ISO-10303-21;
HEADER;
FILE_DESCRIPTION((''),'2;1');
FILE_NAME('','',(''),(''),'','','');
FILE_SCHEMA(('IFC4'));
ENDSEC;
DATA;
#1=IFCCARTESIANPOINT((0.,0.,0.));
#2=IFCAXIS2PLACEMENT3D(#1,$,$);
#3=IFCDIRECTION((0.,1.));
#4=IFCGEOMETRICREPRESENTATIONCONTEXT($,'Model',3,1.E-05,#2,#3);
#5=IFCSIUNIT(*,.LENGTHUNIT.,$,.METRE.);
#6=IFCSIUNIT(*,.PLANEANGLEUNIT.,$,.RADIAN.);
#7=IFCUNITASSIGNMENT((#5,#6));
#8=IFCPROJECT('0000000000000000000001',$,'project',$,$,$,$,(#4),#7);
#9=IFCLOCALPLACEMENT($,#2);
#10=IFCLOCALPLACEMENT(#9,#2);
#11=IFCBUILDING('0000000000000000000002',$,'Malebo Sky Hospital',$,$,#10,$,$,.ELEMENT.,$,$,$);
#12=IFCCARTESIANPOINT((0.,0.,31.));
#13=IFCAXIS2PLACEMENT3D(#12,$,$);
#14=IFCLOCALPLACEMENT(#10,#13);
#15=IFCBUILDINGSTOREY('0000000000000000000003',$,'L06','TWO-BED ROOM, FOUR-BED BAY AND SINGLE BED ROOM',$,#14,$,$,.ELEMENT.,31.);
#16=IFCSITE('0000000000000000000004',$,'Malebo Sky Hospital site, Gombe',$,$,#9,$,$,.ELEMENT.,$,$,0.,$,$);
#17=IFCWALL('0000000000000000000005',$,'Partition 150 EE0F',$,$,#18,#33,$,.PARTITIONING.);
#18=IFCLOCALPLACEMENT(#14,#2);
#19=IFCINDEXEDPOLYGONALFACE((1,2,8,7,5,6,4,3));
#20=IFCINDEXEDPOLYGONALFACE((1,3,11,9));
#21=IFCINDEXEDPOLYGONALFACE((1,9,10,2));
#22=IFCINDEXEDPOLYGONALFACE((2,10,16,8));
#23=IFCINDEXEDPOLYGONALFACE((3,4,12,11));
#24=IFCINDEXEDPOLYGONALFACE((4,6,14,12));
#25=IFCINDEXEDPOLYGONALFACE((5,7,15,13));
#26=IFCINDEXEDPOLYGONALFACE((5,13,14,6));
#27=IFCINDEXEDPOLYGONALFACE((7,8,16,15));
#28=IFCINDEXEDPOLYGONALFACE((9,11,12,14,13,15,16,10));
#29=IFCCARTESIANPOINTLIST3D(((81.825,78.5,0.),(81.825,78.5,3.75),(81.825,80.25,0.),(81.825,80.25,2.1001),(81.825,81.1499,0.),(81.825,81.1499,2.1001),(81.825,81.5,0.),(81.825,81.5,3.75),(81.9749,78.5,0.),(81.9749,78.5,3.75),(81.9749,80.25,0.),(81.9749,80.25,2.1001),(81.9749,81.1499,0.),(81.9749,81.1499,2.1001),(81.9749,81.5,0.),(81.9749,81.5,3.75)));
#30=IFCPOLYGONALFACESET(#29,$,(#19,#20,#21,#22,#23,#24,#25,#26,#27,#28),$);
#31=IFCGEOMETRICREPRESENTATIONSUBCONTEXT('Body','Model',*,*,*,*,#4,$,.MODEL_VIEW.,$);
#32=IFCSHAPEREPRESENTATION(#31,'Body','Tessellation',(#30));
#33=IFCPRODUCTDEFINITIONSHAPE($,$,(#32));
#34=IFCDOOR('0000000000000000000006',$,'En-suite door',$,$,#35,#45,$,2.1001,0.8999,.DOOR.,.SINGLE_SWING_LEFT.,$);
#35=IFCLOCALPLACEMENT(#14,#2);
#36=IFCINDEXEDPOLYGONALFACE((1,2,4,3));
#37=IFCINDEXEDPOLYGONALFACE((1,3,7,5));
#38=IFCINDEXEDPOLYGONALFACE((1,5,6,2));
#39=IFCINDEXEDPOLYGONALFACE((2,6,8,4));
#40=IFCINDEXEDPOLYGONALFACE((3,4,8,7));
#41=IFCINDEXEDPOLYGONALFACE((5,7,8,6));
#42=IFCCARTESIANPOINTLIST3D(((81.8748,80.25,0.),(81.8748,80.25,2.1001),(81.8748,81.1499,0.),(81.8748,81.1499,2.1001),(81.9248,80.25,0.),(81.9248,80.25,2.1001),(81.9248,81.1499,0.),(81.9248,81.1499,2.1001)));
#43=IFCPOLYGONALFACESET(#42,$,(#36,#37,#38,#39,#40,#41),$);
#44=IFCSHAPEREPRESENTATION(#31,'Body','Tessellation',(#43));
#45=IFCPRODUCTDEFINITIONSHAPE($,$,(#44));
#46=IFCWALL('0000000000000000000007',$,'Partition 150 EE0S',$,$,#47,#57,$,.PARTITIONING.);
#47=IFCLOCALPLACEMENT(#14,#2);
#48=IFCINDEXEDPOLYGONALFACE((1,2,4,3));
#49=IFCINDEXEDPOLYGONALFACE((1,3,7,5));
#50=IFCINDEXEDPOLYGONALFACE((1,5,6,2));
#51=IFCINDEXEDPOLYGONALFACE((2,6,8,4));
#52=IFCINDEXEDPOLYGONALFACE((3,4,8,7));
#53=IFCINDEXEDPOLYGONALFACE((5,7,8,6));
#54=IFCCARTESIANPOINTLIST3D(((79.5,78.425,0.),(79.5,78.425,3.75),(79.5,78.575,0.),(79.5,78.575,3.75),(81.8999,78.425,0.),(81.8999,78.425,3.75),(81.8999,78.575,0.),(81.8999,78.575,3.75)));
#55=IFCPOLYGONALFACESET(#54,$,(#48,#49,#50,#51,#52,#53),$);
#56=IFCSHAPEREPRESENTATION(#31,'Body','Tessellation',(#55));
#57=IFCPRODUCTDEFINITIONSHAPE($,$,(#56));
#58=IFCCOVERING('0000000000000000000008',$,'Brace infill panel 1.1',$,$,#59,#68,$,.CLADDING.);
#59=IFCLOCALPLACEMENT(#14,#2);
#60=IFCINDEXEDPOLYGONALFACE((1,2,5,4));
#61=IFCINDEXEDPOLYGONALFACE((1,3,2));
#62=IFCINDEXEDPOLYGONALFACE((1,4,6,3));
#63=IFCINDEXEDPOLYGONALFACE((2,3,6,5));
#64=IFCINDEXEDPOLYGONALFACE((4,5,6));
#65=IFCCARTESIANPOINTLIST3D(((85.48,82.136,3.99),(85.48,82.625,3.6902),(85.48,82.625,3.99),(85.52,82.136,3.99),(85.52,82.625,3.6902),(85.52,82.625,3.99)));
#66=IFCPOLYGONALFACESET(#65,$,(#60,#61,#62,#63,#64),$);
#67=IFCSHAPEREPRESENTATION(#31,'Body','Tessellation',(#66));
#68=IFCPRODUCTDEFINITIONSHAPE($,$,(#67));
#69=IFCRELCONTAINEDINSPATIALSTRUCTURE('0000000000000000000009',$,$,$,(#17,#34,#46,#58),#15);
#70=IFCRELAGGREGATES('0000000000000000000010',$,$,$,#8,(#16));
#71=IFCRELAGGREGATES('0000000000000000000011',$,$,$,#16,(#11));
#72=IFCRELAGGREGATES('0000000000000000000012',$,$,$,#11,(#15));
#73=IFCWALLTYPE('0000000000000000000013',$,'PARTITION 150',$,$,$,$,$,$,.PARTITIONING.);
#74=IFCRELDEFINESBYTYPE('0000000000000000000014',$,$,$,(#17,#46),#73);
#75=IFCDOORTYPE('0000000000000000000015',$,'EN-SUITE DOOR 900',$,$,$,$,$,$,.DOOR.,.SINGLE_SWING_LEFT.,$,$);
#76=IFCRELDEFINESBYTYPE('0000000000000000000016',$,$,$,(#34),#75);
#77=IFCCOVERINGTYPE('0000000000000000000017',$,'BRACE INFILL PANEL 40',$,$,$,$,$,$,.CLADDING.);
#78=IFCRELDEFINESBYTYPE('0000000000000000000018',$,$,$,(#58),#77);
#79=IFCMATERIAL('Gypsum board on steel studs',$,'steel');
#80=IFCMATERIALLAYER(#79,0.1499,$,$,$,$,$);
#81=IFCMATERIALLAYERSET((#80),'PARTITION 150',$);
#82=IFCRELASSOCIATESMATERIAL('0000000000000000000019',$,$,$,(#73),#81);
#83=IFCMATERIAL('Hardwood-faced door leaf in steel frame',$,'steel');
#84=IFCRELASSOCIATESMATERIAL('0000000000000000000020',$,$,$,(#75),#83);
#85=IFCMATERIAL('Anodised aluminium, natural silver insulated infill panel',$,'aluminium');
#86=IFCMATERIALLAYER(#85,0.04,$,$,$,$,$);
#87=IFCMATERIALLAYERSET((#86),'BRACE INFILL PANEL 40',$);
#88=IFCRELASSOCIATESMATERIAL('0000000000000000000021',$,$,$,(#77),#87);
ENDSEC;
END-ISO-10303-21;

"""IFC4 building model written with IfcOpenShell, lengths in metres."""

from ifc_helpers import new_model, si_unit, direction, frame, frame_2d, origin, place, context, subcontext, project, spatial, polyline, rectangle, outline, extrude, material, layer, layer_set, type_object, element, fill, save


model = new_model("IFC4")

# Units and contexts
model_context = context("Model", 3, precision=1e-05, world=origin(), true_north=direction((0.0, 1.0)))
body_context = subcontext(model_context, "Body", "Model", "MODEL_VIEW")
ifc_project = project(units=[si_unit("LENGTHUNIT", "METRE"), si_unit("PLANEANGLEUNIT", "RADIAN")], contexts=[model_context])

# Site, building, storey
site_placement = place(None, origin())
site = spatial("IfcSite", under=ifc_project, at=site_placement, Name="Malebo Sky Hospital site, Gombe", CompositionType="ELEMENT", RefElevation=0.0)
building_placement = place(site_placement, origin())
building = spatial("IfcBuilding", under=site, at=building_placement, Name="Malebo Sky Hospital", CompositionType="ELEMENT")
storey_placement = place(building_placement, frame((0.0, 0.0, 31.0)))
storey = spatial("IfcBuildingStorey", under=building, at=storey_placement, Name="L06", Description="TWO-BED ROOM, FOUR-BED BAY AND SINGLE BED ROOM", CompositionType="ELEMENT", Elevation=31.0)

# Shared definitions
ifc_material_1 = material(Name="Gypsum board on steel studs", Category="steel")
ifc_material_2 = material(Name="Hardwood-faced door leaf in steel frame", Category="steel")

# Shared definitions
ifc_layer_1 = layer(ifc_material_1, 0.1499)
ifc_layer_set_1 = layer_set([ifc_layer_1], Name="PARTITION 150")
wall_type_1 = type_object("IfcWallType", Name="PARTITION 150", PredefinedType="PARTITIONING", material=ifc_layer_set_1)

# Wall, opening, door
wall_1_placement = place(storey_placement, frame((81.8999, 81.5, 0.0), z_axis=(0.0, 0.0, 1.0), x_axis=(0.0, -1.0, 0.0)))
wall_1 = element("IfcWall", 1, at=wall_1_placement, inside=storey, type_object=wall_type_1, Name="Partition 150 EE0F", PredefinedType="PARTITIONING", context=body_context, shape_type="SweptSolid", body=[
    extrude(rectangle(XDim=3.0, YDim=0.1499, at=frame_2d((1.5, 0.0))), origin(), (0.0, 0.0, 1.0), 3.75),
])
opening_1_placement = place(wall_1_placement, frame((0.3501, 0.0, 0.0)))
opening_1 = element("IfcOpeningElement", 2, at=opening_1_placement, cuts=wall_1, PredefinedType="OPENING", context=body_context, shape_type="SweptSolid", body=[
    extrude(rectangle(XDim=0.8999, YDim=2.1001, at=frame_2d((0.45, 1.05))), frame((0.0, 0.085, 0.0), z_axis=(0.0, -1.0, 0.0), x_axis=(1.0, 0.0, 0.0)), (0.0, 0.0, 1.0), 0.1699),
])
door_type_1 = type_object("IfcDoorType", Name="EN-SUITE DOOR 900", OperationType="SINGLE_SWING_LEFT", PredefinedType="DOOR", material=ifc_material_2)
door_1_placement = place(opening_1_placement, origin())
door_1 = element("IfcDoor", 3, at=door_1_placement, inside=storey, type_object=door_type_1, Name="En-suite door", OperationType="SINGLE_SWING_LEFT", OverallHeight=2.1001, OverallWidth=0.8999, PredefinedType="DOOR", context=body_context, shape_type="SweptSolid", body=[
    extrude(rectangle(XDim=0.8999, YDim=2.1001, at=frame_2d((0.45, 1.05))), frame((0.0, 0.0249, 0.0), z_axis=(0.0, -1.0, 0.0), x_axis=(1.0, 0.0, 0.0)), (0.0, 0.0, 1.0), 0.05),
])
fill(opening_1, door_1)

# Wall
wall_2_placement = place(storey_placement, frame((79.5, 78.5, 0.0), z_axis=(0.0, 0.0, 1.0), x_axis=(1.0, 0.0, 0.0)))
element("IfcWall", 4, at=wall_2_placement, inside=storey, type_object=wall_type_1, Name="Partition 150 EE0S", PredefinedType="PARTITIONING", context=body_context, shape_type="SweptSolid", body=[
    extrude(rectangle(XDim=2.3999, YDim=0.1499, at=frame_2d((1.2, 0.0))), origin(), (0.0, 0.0, 1.0), 3.75),
])

# Covering
ifc_material_3 = material(Name="Anodised aluminium, natural silver insulated infill panel", Category="aluminium")
ifc_layer_2 = layer(ifc_material_3, 0.04)
ifc_layer_set_2 = layer_set([ifc_layer_2], Name="BRACE INFILL PANEL 40")
covering_type = type_object("IfcCoveringType", Name="BRACE INFILL PANEL 40", PredefinedType="CLADDING", material=ifc_layer_set_2)
covering_placement = place(storey_placement, frame((85.5, 82.3804, 3.6902), z_axis=(0.0, 0.0, 1.0), x_axis=(0.0, -1.0, 0.0)))
element("IfcCovering", 5, at=covering_placement, inside=storey, type_object=covering_type, Name="Brace infill panel 1.1", PredefinedType="CLADDING", context=body_context, shape_type="SweptSolid", body=[
    extrude(outline(polyline([(-0.2446, 0.0), (0.2444, 0.2998), (-0.2446, 0.2998), (-0.2446, 0.0)])), frame((0.0, 0.02, 0.0), z_axis=(0.0, -1.0, 0.0), x_axis=(1.0, 0.0, 0.0)), (0.0, 0.0, 1.0), 0.04),
])

save(model, "model.ifc")
